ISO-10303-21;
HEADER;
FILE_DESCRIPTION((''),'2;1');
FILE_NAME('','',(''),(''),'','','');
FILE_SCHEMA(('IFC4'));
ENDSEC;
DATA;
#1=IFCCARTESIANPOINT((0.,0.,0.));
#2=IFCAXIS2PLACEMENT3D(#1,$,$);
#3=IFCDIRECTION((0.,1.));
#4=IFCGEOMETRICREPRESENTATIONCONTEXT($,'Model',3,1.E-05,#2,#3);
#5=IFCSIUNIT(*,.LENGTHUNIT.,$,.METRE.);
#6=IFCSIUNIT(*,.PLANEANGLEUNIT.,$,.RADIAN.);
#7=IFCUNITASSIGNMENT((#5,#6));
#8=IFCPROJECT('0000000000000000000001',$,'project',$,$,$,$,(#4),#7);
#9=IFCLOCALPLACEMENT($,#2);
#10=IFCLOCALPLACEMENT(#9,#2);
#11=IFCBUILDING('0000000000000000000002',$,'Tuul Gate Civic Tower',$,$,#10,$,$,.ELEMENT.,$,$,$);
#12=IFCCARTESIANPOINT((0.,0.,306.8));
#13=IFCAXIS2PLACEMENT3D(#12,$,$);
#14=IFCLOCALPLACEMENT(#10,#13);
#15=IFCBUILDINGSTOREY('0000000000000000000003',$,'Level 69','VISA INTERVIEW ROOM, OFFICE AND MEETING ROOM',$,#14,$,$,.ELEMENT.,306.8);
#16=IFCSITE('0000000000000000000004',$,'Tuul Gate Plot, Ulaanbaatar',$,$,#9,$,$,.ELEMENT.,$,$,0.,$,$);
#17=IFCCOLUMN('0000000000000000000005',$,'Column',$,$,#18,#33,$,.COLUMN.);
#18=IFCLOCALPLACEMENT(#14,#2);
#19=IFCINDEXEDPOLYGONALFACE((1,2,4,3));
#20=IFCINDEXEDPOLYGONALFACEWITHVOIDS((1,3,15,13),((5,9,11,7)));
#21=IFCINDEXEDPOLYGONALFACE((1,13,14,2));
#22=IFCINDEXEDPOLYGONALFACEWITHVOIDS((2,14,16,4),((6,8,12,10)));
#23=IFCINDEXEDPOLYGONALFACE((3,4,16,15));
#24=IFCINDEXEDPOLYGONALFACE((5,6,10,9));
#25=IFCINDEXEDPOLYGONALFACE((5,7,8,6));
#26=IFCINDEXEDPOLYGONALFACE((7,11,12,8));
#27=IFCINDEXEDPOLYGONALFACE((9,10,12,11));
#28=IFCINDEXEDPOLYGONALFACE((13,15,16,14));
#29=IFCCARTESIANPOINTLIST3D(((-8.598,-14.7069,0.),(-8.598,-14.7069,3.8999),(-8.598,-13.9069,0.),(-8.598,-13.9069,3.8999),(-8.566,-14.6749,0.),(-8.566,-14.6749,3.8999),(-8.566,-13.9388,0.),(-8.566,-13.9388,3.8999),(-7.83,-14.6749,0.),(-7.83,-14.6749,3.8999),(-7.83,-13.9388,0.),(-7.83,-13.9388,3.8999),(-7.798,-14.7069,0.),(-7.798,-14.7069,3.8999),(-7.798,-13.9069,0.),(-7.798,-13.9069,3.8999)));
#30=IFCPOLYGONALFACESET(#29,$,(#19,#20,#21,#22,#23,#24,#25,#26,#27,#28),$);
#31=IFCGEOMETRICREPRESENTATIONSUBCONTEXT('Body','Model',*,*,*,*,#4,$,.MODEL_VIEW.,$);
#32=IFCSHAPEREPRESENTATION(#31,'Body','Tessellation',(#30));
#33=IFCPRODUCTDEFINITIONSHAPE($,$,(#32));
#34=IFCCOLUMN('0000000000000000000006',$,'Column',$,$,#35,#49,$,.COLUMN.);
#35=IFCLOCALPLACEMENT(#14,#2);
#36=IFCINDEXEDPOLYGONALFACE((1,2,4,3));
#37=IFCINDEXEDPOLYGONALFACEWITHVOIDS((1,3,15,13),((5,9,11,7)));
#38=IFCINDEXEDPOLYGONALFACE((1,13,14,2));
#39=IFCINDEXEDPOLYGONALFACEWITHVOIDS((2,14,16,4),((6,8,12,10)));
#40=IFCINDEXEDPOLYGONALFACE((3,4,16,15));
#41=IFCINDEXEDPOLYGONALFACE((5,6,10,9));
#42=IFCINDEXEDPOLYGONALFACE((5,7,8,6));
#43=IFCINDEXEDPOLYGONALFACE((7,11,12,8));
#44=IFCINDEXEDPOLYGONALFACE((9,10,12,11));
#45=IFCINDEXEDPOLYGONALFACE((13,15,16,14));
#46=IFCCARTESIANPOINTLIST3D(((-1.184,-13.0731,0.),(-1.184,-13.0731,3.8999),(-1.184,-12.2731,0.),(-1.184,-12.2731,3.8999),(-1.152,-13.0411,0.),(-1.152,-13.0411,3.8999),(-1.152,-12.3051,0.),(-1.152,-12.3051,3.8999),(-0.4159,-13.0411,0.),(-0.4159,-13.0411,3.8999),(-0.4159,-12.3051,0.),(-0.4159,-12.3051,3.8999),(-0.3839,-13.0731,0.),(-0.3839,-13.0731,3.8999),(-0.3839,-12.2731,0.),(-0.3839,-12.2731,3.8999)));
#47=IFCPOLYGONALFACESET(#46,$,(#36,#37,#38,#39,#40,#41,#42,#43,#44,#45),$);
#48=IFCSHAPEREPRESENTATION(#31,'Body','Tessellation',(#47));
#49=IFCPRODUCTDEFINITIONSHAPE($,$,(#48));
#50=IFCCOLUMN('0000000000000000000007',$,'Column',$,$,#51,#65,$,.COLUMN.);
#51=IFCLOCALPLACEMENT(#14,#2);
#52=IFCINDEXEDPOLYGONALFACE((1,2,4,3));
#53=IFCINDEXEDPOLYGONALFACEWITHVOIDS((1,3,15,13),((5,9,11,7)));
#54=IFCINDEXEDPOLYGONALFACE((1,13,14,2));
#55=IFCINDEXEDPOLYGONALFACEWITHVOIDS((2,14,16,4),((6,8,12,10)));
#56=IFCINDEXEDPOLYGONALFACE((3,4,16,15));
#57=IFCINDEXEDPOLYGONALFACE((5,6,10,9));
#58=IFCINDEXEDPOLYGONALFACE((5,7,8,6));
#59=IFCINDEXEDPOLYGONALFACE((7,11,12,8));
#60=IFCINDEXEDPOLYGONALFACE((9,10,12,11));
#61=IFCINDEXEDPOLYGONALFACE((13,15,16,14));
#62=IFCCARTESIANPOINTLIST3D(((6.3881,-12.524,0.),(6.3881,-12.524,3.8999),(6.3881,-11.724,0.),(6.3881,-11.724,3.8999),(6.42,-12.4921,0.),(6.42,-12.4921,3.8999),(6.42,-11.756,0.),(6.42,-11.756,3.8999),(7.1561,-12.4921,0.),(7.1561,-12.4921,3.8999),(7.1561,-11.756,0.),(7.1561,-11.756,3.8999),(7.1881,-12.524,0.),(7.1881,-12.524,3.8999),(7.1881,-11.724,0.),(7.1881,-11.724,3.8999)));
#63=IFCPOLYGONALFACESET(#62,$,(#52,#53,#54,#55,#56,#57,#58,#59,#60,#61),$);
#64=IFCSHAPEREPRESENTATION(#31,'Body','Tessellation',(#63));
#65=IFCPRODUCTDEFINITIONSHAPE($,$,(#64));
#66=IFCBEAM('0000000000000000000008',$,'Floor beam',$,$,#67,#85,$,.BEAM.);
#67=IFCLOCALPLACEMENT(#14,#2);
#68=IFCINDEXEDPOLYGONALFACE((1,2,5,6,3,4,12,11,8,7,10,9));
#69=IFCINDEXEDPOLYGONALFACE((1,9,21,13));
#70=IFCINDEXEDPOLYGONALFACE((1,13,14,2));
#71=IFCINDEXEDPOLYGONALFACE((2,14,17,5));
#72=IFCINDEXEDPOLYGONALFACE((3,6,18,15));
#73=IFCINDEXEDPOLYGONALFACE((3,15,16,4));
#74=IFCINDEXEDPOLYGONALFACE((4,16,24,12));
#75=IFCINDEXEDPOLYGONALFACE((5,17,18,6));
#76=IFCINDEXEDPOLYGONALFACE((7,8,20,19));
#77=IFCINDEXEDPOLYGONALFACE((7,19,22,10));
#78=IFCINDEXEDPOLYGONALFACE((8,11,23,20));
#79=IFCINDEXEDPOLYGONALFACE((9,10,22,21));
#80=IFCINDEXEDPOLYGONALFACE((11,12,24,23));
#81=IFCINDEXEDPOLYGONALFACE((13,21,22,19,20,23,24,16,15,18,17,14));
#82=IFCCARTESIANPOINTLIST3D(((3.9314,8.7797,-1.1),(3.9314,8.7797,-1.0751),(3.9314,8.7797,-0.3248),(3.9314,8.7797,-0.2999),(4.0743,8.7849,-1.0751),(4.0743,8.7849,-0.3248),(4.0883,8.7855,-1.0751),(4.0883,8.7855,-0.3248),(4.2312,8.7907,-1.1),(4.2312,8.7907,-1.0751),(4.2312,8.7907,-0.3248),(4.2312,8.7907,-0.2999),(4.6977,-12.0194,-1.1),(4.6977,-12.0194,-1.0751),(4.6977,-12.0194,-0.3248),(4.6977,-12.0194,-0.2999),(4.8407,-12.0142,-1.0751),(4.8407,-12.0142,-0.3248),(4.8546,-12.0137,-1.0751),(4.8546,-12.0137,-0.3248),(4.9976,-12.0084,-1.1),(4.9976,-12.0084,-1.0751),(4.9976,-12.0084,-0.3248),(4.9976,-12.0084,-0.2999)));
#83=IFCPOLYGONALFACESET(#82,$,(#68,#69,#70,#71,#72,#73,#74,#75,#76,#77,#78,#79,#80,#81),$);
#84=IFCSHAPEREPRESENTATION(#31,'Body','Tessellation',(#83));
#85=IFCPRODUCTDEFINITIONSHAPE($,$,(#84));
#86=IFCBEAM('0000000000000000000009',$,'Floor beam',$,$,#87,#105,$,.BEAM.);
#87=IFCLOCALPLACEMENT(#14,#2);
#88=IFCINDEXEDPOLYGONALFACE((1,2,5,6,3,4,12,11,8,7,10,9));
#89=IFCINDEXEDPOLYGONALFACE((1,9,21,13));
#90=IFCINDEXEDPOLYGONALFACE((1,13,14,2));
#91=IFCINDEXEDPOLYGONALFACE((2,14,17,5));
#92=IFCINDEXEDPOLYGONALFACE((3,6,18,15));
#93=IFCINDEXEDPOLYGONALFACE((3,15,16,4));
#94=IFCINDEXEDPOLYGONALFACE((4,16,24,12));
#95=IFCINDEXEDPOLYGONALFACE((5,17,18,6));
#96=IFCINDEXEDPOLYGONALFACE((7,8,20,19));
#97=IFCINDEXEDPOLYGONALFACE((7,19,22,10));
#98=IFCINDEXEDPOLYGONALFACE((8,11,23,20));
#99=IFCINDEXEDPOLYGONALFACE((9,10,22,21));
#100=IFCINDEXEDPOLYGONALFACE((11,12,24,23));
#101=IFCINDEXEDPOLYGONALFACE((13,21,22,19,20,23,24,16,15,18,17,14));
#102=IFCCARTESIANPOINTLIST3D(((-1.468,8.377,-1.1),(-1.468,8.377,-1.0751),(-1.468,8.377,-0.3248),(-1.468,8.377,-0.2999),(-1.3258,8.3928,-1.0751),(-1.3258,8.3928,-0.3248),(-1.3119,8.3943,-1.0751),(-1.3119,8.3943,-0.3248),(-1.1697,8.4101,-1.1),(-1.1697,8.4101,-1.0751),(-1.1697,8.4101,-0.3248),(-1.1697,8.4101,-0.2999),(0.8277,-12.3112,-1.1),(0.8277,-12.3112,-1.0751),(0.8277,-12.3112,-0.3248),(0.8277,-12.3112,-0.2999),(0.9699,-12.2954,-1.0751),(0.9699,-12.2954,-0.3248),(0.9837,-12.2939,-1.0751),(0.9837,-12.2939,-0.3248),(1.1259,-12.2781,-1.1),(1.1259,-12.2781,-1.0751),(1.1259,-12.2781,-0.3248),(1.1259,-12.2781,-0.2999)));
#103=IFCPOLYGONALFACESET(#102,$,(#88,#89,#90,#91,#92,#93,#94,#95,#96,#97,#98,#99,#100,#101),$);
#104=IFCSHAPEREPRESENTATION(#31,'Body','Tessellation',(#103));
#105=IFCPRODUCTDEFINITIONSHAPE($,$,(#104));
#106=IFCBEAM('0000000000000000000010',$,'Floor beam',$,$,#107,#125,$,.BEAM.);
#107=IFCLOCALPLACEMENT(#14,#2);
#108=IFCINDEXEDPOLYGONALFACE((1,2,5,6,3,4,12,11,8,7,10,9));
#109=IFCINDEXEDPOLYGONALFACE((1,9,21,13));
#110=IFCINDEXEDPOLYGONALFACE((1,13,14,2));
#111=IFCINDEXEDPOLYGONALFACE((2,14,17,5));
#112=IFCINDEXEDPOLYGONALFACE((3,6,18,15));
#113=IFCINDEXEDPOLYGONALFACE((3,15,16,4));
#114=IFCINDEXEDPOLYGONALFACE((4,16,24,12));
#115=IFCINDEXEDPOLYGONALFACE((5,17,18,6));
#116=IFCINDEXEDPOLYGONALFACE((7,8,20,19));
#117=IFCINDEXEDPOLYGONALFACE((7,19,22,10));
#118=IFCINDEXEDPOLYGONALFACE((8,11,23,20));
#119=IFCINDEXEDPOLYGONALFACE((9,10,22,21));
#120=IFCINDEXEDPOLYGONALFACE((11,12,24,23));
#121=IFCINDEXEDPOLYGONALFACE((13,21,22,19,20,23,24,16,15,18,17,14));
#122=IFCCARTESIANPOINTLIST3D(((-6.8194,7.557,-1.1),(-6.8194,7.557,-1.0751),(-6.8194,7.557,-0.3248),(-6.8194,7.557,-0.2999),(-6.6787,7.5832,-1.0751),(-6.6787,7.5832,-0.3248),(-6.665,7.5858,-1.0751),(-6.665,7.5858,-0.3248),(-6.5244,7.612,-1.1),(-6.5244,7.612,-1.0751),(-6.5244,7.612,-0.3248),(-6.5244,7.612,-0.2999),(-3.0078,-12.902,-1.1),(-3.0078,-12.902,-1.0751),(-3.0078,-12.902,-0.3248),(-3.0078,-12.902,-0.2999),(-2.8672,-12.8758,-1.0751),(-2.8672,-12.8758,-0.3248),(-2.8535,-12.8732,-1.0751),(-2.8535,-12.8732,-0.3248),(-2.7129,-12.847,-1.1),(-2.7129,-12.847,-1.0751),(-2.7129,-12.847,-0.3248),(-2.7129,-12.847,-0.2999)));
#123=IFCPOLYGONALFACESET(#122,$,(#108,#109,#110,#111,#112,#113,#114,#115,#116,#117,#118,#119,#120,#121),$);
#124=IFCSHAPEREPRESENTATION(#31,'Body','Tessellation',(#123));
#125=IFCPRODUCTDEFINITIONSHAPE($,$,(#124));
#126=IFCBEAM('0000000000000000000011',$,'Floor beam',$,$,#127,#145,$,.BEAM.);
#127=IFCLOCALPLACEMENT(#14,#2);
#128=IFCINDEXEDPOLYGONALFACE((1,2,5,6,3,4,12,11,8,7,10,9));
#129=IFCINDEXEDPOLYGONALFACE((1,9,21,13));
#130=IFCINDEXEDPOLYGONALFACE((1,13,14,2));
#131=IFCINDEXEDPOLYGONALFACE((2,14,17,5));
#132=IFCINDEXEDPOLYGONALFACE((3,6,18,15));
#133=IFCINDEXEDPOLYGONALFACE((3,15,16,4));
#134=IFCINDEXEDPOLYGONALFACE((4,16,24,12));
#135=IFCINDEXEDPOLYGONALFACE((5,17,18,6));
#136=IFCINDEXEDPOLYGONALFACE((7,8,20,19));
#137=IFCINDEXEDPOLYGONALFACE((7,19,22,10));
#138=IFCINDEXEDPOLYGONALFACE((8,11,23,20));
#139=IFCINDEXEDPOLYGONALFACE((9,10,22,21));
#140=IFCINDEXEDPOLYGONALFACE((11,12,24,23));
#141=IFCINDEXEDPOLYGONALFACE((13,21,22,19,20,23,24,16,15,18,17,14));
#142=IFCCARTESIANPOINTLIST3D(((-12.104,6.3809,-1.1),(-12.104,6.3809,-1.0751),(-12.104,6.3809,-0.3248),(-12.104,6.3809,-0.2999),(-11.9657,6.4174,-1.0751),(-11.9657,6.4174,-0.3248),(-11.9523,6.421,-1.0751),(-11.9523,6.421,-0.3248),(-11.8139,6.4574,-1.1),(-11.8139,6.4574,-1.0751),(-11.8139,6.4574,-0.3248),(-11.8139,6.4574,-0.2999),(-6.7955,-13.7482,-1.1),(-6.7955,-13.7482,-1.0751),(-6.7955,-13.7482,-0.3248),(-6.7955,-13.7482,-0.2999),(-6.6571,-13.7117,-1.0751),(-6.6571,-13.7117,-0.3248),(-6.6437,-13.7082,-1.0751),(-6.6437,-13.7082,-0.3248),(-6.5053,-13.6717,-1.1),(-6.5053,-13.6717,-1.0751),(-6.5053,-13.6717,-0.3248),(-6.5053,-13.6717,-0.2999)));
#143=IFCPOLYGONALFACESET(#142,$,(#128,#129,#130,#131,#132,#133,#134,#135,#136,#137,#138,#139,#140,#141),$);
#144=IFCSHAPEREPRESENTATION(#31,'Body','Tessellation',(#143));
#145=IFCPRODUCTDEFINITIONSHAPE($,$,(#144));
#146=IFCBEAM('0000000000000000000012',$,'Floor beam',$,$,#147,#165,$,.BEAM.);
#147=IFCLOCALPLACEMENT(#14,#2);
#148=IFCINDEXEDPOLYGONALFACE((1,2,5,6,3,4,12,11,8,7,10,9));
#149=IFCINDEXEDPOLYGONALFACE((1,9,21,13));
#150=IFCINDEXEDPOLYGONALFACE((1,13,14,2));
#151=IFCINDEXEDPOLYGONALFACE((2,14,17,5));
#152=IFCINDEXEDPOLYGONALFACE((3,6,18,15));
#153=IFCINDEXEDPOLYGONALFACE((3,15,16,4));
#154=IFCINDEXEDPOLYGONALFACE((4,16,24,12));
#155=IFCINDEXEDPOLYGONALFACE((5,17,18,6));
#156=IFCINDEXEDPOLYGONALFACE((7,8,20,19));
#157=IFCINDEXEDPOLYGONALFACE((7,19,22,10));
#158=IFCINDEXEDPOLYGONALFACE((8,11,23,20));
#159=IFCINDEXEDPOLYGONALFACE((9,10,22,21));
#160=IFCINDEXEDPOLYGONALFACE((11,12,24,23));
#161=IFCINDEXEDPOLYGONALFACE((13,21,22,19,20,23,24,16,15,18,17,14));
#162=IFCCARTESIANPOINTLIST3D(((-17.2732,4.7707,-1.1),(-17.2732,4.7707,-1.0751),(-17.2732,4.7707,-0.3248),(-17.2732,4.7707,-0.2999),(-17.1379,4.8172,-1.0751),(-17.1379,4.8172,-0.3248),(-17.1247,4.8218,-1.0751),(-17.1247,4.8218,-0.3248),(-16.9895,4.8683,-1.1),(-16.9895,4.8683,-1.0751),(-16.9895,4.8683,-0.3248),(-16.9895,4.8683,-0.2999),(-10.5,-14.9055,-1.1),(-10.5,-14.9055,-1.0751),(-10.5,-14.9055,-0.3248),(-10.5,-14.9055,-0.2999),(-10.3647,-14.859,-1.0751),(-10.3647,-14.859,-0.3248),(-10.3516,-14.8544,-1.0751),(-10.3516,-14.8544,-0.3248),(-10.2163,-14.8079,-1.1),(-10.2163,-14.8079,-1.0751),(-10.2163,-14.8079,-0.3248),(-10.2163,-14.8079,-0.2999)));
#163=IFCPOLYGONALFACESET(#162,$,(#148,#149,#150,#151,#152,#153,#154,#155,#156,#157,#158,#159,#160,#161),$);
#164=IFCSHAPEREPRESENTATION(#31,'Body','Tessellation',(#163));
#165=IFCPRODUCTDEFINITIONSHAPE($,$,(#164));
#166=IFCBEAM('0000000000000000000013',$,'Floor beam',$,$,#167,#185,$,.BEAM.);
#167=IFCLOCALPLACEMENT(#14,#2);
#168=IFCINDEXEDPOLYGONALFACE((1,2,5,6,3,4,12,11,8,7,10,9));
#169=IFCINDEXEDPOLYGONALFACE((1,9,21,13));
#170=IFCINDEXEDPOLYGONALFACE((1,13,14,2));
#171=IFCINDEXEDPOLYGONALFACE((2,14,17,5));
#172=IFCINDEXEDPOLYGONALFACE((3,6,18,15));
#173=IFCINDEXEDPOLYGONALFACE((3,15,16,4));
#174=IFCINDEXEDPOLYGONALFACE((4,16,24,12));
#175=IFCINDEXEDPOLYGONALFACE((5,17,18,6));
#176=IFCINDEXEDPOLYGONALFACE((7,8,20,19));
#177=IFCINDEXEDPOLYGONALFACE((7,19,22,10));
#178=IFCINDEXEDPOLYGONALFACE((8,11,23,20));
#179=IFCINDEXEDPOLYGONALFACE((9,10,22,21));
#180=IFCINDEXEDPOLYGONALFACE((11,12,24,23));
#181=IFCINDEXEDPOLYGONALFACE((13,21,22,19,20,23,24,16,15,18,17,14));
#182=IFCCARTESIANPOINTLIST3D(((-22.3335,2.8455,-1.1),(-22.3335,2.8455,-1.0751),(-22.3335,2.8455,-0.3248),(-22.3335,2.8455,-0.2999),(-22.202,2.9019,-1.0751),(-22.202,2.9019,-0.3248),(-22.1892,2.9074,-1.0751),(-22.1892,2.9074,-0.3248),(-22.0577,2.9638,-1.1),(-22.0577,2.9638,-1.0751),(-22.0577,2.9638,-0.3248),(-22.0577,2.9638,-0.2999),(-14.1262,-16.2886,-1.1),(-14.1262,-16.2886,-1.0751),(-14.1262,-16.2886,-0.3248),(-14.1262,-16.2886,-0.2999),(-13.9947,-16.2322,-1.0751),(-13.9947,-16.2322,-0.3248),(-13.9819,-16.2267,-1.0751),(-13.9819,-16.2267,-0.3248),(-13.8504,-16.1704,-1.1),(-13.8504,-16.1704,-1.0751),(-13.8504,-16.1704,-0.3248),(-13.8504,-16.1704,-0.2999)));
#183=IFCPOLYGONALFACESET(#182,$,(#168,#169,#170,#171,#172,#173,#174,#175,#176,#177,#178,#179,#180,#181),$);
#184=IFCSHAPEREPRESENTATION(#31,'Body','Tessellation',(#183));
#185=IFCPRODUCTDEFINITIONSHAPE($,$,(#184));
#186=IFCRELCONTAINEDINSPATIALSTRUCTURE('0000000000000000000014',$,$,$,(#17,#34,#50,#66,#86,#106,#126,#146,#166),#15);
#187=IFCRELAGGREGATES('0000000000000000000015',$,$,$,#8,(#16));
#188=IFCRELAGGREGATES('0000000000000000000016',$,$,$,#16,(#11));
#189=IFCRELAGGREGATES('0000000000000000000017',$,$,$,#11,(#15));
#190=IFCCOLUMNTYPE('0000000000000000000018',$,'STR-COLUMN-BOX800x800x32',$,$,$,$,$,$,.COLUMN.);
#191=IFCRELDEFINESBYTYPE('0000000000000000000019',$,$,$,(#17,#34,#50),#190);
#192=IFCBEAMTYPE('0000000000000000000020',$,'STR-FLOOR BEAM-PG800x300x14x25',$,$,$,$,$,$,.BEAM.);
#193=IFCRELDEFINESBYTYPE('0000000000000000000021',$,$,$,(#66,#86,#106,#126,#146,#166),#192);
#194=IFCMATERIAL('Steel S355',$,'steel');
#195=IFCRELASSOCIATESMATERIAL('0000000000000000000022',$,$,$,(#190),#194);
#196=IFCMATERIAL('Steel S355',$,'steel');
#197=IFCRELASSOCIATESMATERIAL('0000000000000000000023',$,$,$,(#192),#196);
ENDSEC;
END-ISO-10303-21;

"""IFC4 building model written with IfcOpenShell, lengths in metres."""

from ifc_helpers import new_model, si_unit, direction, frame, origin, origin_2d, place, context, subcontext, project, spatial, hollow_rectangle, i_section, extrude, material, material_profile, profile_set, type_object, element, save


model = new_model("IFC4")

# Units and contexts
model_context = context("Model", 3, precision=1e-05, world=origin(), true_north=direction((0.0, 1.0)))
body_context = subcontext(model_context, "Body", "Model", "MODEL_VIEW")
ifc_project = project(units=[si_unit("LENGTHUNIT", "METRE"), si_unit("PLANEANGLEUNIT", "RADIAN")], contexts=[model_context])

# Site, building, storey
site_placement = place(None, origin())
site = spatial("IfcSite", under=ifc_project, at=site_placement, Name="Tuul Gate Plot, Ulaanbaatar", CompositionType="ELEMENT", RefElevation=0.0)
building_placement = place(site_placement, origin())
building = spatial("IfcBuilding", under=site, at=building_placement, Name="Tuul Gate Civic Tower", CompositionType="ELEMENT")
storey_placement = place(building_placement, frame((0.0, 0.0, 306.8)))
storey = spatial("IfcBuildingStorey", under=building, at=storey_placement, Name="Level 69", Description="VISA INTERVIEW ROOM, OFFICE AND MEETING ROOM", CompositionType="ELEMENT", Elevation=306.8)

# Columns
ifc_material_1 = material(Name="Steel S355", Category="steel")
ifc_material_profile_1 = material_profile(ifc_material_1, hollow_rectangle(XDim=0.8, YDim=0.8, WallThickness=0.032, at=origin_2d()), Name="BOX800x800x32")
ifc_profile_set_1 = profile_set([ifc_material_profile_1], Name="Steel S355")
column_type = type_object("IfcColumnType", Name="STR-COLUMN-BOX800x800x32", PredefinedType="COLUMN", material=ifc_profile_set_1)
for number, where, z_axis, x_axis, name in (
    (1, (-8.198, -14.3069, 0.0), (0.0, 0.0, 1.0), (1.0, 0.0, 0.0), "Column"),
    (2, (-0.7839, -12.6731, 0.0), (0.0, 0.0, 1.0), (1.0, 0.0, 0.0), "Column"),
    (3, (6.7881, -12.124, 0.0), (0.0, 0.0, 1.0), (1.0, 0.0, 0.0), "Column"),
):
    element("IfcColumn", number, at=place(storey_placement, frame(where, z_axis=z_axis, x_axis=x_axis)), inside=storey, type_object=column_type, Name=name, PredefinedType="COLUMN", context=body_context, shape_type="SweptSolid", body=[
        extrude(hollow_rectangle(XDim=0.8, YDim=0.8, WallThickness=0.032, at=origin_2d()), origin(), (0.0, 0.0, 1.0), 3.8999),
    ])

# Beams
ifc_material_2 = material(Name="Steel S355", Category="steel")
ifc_material_profile_2 = material_profile(ifc_material_2, i_section(OverallWidth=0.3, OverallDepth=0.8, WebThickness=0.0139, FlangeThickness=0.0249, at=origin_2d()), Name="PG800x300x14x25")
ifc_profile_set_2 = profile_set([ifc_material_profile_2], Name="Steel S355")
beam_type_1 = type_object("IfcBeamType", Name="STR-FLOOR BEAM-PG800x300x14x25", PredefinedType="BEAM", material=ifc_profile_set_2)
beam_1_placement = place(storey_placement, frame((4.8477, -12.0139, -0.7), z_axis=(-0.036821, 0.999322, 0.0), x_axis=(-0.999322, -0.036821, 0.0)))
element("IfcBeam", 4, at=beam_1_placement, inside=storey, type_object=beam_type_1, Name="Floor beam", PredefinedType="BEAM", context=body_context, shape_type="SweptSolid", body=[
    extrude(i_section(OverallWidth=0.3, OverallDepth=0.8, WebThickness=0.0139, FlangeThickness=0.0249, at=origin_2d()), origin(), (0.0, 0.0, 1.0), 20.8132),
])
beam_2_placement = place(storey_placement, frame((0.9768, -12.2947, -0.7), z_axis=(-0.110287, 0.9939, 0.0), x_axis=(-0.9939, -0.110287, 0.0)))
element("IfcBeam", 5, at=beam_2_placement, inside=storey, type_object=beam_type_1, Name="Floor beam", PredefinedType="BEAM", context=body_context, shape_type="SweptSolid", body=[
    extrude(i_section(OverallWidth=0.3, OverallDepth=0.8, WebThickness=0.0139, FlangeThickness=0.0249, at=origin_2d()), origin(), (0.0, 0.0, 1.0), 20.8152),
])
beam_3_placement = place(storey_placement, frame((-2.8604, -12.8745, -0.7), z_axis=(-0.183149, 0.983085, 0.0), x_axis=(-0.983085, -0.183149, 0.0)))
element("IfcBeam", 6, at=beam_3_placement, inside=storey, type_object=beam_type_1, Name="Floor beam", PredefinedType="BEAM", context=body_context, shape_type="SweptSolid", body=[
    extrude(i_section(OverallWidth=0.3, OverallDepth=0.8, WebThickness=0.0139, FlangeThickness=0.0249, at=origin_2d()), origin(), (0.0, 0.0, 1.0), 20.811),
])
beam_4_placement = place(storey_placement, frame((-6.6504, -13.71, -0.7), z_axis=(-0.255008, 0.966939, 0.0), x_axis=(-0.966939, -0.255008, 0.0)))
element("IfcBeam", 7, at=beam_4_placement, inside=storey, type_object=beam_type_1, Name="Floor beam", PredefinedType="BEAM", context=body_context, shape_type="SweptSolid", body=[
    extrude(i_section(OverallWidth=0.3, OverallDepth=0.8, WebThickness=0.0139, FlangeThickness=0.0249, at=origin_2d()), origin(), (0.0, 0.0, 1.0), 20.8174),
])
beam_5_placement = place(storey_placement, frame((-10.3582, -14.8567, -0.7), z_axis=(-0.325487, 0.945547, 0.0), x_axis=(-0.945547, -0.325487, 0.0)))
element("IfcBeam", 8, at=beam_5_placement, inside=storey, type_object=beam_type_1, Name="Floor beam", PredefinedType="BEAM", context=body_context, shape_type="SweptSolid", body=[
    extrude(i_section(OverallWidth=0.3, OverallDepth=0.8, WebThickness=0.0139, FlangeThickness=0.0249, at=origin_2d()), origin(), (0.0, 0.0, 1.0), 20.8093),
])
beam_6_placement = place(storey_placement, frame((-13.9883, -16.2295, -0.7), z_axis=(-0.394202, 0.919024, 0.0), x_axis=(-0.919024, -0.394202, 0.0)))
element("IfcBeam", 9, at=beam_6_placement, inside=storey, type_object=beam_type_1, Name="Floor beam", PredefinedType="BEAM", context=body_context, shape_type="SweptSolid", body=[
    extrude(i_section(OverallWidth=0.3, OverallDepth=0.8, WebThickness=0.0139, FlangeThickness=0.0249, at=origin_2d()), origin(), (0.0, 0.0, 1.0), 20.8201),
])

save(model, "model.ifc")
